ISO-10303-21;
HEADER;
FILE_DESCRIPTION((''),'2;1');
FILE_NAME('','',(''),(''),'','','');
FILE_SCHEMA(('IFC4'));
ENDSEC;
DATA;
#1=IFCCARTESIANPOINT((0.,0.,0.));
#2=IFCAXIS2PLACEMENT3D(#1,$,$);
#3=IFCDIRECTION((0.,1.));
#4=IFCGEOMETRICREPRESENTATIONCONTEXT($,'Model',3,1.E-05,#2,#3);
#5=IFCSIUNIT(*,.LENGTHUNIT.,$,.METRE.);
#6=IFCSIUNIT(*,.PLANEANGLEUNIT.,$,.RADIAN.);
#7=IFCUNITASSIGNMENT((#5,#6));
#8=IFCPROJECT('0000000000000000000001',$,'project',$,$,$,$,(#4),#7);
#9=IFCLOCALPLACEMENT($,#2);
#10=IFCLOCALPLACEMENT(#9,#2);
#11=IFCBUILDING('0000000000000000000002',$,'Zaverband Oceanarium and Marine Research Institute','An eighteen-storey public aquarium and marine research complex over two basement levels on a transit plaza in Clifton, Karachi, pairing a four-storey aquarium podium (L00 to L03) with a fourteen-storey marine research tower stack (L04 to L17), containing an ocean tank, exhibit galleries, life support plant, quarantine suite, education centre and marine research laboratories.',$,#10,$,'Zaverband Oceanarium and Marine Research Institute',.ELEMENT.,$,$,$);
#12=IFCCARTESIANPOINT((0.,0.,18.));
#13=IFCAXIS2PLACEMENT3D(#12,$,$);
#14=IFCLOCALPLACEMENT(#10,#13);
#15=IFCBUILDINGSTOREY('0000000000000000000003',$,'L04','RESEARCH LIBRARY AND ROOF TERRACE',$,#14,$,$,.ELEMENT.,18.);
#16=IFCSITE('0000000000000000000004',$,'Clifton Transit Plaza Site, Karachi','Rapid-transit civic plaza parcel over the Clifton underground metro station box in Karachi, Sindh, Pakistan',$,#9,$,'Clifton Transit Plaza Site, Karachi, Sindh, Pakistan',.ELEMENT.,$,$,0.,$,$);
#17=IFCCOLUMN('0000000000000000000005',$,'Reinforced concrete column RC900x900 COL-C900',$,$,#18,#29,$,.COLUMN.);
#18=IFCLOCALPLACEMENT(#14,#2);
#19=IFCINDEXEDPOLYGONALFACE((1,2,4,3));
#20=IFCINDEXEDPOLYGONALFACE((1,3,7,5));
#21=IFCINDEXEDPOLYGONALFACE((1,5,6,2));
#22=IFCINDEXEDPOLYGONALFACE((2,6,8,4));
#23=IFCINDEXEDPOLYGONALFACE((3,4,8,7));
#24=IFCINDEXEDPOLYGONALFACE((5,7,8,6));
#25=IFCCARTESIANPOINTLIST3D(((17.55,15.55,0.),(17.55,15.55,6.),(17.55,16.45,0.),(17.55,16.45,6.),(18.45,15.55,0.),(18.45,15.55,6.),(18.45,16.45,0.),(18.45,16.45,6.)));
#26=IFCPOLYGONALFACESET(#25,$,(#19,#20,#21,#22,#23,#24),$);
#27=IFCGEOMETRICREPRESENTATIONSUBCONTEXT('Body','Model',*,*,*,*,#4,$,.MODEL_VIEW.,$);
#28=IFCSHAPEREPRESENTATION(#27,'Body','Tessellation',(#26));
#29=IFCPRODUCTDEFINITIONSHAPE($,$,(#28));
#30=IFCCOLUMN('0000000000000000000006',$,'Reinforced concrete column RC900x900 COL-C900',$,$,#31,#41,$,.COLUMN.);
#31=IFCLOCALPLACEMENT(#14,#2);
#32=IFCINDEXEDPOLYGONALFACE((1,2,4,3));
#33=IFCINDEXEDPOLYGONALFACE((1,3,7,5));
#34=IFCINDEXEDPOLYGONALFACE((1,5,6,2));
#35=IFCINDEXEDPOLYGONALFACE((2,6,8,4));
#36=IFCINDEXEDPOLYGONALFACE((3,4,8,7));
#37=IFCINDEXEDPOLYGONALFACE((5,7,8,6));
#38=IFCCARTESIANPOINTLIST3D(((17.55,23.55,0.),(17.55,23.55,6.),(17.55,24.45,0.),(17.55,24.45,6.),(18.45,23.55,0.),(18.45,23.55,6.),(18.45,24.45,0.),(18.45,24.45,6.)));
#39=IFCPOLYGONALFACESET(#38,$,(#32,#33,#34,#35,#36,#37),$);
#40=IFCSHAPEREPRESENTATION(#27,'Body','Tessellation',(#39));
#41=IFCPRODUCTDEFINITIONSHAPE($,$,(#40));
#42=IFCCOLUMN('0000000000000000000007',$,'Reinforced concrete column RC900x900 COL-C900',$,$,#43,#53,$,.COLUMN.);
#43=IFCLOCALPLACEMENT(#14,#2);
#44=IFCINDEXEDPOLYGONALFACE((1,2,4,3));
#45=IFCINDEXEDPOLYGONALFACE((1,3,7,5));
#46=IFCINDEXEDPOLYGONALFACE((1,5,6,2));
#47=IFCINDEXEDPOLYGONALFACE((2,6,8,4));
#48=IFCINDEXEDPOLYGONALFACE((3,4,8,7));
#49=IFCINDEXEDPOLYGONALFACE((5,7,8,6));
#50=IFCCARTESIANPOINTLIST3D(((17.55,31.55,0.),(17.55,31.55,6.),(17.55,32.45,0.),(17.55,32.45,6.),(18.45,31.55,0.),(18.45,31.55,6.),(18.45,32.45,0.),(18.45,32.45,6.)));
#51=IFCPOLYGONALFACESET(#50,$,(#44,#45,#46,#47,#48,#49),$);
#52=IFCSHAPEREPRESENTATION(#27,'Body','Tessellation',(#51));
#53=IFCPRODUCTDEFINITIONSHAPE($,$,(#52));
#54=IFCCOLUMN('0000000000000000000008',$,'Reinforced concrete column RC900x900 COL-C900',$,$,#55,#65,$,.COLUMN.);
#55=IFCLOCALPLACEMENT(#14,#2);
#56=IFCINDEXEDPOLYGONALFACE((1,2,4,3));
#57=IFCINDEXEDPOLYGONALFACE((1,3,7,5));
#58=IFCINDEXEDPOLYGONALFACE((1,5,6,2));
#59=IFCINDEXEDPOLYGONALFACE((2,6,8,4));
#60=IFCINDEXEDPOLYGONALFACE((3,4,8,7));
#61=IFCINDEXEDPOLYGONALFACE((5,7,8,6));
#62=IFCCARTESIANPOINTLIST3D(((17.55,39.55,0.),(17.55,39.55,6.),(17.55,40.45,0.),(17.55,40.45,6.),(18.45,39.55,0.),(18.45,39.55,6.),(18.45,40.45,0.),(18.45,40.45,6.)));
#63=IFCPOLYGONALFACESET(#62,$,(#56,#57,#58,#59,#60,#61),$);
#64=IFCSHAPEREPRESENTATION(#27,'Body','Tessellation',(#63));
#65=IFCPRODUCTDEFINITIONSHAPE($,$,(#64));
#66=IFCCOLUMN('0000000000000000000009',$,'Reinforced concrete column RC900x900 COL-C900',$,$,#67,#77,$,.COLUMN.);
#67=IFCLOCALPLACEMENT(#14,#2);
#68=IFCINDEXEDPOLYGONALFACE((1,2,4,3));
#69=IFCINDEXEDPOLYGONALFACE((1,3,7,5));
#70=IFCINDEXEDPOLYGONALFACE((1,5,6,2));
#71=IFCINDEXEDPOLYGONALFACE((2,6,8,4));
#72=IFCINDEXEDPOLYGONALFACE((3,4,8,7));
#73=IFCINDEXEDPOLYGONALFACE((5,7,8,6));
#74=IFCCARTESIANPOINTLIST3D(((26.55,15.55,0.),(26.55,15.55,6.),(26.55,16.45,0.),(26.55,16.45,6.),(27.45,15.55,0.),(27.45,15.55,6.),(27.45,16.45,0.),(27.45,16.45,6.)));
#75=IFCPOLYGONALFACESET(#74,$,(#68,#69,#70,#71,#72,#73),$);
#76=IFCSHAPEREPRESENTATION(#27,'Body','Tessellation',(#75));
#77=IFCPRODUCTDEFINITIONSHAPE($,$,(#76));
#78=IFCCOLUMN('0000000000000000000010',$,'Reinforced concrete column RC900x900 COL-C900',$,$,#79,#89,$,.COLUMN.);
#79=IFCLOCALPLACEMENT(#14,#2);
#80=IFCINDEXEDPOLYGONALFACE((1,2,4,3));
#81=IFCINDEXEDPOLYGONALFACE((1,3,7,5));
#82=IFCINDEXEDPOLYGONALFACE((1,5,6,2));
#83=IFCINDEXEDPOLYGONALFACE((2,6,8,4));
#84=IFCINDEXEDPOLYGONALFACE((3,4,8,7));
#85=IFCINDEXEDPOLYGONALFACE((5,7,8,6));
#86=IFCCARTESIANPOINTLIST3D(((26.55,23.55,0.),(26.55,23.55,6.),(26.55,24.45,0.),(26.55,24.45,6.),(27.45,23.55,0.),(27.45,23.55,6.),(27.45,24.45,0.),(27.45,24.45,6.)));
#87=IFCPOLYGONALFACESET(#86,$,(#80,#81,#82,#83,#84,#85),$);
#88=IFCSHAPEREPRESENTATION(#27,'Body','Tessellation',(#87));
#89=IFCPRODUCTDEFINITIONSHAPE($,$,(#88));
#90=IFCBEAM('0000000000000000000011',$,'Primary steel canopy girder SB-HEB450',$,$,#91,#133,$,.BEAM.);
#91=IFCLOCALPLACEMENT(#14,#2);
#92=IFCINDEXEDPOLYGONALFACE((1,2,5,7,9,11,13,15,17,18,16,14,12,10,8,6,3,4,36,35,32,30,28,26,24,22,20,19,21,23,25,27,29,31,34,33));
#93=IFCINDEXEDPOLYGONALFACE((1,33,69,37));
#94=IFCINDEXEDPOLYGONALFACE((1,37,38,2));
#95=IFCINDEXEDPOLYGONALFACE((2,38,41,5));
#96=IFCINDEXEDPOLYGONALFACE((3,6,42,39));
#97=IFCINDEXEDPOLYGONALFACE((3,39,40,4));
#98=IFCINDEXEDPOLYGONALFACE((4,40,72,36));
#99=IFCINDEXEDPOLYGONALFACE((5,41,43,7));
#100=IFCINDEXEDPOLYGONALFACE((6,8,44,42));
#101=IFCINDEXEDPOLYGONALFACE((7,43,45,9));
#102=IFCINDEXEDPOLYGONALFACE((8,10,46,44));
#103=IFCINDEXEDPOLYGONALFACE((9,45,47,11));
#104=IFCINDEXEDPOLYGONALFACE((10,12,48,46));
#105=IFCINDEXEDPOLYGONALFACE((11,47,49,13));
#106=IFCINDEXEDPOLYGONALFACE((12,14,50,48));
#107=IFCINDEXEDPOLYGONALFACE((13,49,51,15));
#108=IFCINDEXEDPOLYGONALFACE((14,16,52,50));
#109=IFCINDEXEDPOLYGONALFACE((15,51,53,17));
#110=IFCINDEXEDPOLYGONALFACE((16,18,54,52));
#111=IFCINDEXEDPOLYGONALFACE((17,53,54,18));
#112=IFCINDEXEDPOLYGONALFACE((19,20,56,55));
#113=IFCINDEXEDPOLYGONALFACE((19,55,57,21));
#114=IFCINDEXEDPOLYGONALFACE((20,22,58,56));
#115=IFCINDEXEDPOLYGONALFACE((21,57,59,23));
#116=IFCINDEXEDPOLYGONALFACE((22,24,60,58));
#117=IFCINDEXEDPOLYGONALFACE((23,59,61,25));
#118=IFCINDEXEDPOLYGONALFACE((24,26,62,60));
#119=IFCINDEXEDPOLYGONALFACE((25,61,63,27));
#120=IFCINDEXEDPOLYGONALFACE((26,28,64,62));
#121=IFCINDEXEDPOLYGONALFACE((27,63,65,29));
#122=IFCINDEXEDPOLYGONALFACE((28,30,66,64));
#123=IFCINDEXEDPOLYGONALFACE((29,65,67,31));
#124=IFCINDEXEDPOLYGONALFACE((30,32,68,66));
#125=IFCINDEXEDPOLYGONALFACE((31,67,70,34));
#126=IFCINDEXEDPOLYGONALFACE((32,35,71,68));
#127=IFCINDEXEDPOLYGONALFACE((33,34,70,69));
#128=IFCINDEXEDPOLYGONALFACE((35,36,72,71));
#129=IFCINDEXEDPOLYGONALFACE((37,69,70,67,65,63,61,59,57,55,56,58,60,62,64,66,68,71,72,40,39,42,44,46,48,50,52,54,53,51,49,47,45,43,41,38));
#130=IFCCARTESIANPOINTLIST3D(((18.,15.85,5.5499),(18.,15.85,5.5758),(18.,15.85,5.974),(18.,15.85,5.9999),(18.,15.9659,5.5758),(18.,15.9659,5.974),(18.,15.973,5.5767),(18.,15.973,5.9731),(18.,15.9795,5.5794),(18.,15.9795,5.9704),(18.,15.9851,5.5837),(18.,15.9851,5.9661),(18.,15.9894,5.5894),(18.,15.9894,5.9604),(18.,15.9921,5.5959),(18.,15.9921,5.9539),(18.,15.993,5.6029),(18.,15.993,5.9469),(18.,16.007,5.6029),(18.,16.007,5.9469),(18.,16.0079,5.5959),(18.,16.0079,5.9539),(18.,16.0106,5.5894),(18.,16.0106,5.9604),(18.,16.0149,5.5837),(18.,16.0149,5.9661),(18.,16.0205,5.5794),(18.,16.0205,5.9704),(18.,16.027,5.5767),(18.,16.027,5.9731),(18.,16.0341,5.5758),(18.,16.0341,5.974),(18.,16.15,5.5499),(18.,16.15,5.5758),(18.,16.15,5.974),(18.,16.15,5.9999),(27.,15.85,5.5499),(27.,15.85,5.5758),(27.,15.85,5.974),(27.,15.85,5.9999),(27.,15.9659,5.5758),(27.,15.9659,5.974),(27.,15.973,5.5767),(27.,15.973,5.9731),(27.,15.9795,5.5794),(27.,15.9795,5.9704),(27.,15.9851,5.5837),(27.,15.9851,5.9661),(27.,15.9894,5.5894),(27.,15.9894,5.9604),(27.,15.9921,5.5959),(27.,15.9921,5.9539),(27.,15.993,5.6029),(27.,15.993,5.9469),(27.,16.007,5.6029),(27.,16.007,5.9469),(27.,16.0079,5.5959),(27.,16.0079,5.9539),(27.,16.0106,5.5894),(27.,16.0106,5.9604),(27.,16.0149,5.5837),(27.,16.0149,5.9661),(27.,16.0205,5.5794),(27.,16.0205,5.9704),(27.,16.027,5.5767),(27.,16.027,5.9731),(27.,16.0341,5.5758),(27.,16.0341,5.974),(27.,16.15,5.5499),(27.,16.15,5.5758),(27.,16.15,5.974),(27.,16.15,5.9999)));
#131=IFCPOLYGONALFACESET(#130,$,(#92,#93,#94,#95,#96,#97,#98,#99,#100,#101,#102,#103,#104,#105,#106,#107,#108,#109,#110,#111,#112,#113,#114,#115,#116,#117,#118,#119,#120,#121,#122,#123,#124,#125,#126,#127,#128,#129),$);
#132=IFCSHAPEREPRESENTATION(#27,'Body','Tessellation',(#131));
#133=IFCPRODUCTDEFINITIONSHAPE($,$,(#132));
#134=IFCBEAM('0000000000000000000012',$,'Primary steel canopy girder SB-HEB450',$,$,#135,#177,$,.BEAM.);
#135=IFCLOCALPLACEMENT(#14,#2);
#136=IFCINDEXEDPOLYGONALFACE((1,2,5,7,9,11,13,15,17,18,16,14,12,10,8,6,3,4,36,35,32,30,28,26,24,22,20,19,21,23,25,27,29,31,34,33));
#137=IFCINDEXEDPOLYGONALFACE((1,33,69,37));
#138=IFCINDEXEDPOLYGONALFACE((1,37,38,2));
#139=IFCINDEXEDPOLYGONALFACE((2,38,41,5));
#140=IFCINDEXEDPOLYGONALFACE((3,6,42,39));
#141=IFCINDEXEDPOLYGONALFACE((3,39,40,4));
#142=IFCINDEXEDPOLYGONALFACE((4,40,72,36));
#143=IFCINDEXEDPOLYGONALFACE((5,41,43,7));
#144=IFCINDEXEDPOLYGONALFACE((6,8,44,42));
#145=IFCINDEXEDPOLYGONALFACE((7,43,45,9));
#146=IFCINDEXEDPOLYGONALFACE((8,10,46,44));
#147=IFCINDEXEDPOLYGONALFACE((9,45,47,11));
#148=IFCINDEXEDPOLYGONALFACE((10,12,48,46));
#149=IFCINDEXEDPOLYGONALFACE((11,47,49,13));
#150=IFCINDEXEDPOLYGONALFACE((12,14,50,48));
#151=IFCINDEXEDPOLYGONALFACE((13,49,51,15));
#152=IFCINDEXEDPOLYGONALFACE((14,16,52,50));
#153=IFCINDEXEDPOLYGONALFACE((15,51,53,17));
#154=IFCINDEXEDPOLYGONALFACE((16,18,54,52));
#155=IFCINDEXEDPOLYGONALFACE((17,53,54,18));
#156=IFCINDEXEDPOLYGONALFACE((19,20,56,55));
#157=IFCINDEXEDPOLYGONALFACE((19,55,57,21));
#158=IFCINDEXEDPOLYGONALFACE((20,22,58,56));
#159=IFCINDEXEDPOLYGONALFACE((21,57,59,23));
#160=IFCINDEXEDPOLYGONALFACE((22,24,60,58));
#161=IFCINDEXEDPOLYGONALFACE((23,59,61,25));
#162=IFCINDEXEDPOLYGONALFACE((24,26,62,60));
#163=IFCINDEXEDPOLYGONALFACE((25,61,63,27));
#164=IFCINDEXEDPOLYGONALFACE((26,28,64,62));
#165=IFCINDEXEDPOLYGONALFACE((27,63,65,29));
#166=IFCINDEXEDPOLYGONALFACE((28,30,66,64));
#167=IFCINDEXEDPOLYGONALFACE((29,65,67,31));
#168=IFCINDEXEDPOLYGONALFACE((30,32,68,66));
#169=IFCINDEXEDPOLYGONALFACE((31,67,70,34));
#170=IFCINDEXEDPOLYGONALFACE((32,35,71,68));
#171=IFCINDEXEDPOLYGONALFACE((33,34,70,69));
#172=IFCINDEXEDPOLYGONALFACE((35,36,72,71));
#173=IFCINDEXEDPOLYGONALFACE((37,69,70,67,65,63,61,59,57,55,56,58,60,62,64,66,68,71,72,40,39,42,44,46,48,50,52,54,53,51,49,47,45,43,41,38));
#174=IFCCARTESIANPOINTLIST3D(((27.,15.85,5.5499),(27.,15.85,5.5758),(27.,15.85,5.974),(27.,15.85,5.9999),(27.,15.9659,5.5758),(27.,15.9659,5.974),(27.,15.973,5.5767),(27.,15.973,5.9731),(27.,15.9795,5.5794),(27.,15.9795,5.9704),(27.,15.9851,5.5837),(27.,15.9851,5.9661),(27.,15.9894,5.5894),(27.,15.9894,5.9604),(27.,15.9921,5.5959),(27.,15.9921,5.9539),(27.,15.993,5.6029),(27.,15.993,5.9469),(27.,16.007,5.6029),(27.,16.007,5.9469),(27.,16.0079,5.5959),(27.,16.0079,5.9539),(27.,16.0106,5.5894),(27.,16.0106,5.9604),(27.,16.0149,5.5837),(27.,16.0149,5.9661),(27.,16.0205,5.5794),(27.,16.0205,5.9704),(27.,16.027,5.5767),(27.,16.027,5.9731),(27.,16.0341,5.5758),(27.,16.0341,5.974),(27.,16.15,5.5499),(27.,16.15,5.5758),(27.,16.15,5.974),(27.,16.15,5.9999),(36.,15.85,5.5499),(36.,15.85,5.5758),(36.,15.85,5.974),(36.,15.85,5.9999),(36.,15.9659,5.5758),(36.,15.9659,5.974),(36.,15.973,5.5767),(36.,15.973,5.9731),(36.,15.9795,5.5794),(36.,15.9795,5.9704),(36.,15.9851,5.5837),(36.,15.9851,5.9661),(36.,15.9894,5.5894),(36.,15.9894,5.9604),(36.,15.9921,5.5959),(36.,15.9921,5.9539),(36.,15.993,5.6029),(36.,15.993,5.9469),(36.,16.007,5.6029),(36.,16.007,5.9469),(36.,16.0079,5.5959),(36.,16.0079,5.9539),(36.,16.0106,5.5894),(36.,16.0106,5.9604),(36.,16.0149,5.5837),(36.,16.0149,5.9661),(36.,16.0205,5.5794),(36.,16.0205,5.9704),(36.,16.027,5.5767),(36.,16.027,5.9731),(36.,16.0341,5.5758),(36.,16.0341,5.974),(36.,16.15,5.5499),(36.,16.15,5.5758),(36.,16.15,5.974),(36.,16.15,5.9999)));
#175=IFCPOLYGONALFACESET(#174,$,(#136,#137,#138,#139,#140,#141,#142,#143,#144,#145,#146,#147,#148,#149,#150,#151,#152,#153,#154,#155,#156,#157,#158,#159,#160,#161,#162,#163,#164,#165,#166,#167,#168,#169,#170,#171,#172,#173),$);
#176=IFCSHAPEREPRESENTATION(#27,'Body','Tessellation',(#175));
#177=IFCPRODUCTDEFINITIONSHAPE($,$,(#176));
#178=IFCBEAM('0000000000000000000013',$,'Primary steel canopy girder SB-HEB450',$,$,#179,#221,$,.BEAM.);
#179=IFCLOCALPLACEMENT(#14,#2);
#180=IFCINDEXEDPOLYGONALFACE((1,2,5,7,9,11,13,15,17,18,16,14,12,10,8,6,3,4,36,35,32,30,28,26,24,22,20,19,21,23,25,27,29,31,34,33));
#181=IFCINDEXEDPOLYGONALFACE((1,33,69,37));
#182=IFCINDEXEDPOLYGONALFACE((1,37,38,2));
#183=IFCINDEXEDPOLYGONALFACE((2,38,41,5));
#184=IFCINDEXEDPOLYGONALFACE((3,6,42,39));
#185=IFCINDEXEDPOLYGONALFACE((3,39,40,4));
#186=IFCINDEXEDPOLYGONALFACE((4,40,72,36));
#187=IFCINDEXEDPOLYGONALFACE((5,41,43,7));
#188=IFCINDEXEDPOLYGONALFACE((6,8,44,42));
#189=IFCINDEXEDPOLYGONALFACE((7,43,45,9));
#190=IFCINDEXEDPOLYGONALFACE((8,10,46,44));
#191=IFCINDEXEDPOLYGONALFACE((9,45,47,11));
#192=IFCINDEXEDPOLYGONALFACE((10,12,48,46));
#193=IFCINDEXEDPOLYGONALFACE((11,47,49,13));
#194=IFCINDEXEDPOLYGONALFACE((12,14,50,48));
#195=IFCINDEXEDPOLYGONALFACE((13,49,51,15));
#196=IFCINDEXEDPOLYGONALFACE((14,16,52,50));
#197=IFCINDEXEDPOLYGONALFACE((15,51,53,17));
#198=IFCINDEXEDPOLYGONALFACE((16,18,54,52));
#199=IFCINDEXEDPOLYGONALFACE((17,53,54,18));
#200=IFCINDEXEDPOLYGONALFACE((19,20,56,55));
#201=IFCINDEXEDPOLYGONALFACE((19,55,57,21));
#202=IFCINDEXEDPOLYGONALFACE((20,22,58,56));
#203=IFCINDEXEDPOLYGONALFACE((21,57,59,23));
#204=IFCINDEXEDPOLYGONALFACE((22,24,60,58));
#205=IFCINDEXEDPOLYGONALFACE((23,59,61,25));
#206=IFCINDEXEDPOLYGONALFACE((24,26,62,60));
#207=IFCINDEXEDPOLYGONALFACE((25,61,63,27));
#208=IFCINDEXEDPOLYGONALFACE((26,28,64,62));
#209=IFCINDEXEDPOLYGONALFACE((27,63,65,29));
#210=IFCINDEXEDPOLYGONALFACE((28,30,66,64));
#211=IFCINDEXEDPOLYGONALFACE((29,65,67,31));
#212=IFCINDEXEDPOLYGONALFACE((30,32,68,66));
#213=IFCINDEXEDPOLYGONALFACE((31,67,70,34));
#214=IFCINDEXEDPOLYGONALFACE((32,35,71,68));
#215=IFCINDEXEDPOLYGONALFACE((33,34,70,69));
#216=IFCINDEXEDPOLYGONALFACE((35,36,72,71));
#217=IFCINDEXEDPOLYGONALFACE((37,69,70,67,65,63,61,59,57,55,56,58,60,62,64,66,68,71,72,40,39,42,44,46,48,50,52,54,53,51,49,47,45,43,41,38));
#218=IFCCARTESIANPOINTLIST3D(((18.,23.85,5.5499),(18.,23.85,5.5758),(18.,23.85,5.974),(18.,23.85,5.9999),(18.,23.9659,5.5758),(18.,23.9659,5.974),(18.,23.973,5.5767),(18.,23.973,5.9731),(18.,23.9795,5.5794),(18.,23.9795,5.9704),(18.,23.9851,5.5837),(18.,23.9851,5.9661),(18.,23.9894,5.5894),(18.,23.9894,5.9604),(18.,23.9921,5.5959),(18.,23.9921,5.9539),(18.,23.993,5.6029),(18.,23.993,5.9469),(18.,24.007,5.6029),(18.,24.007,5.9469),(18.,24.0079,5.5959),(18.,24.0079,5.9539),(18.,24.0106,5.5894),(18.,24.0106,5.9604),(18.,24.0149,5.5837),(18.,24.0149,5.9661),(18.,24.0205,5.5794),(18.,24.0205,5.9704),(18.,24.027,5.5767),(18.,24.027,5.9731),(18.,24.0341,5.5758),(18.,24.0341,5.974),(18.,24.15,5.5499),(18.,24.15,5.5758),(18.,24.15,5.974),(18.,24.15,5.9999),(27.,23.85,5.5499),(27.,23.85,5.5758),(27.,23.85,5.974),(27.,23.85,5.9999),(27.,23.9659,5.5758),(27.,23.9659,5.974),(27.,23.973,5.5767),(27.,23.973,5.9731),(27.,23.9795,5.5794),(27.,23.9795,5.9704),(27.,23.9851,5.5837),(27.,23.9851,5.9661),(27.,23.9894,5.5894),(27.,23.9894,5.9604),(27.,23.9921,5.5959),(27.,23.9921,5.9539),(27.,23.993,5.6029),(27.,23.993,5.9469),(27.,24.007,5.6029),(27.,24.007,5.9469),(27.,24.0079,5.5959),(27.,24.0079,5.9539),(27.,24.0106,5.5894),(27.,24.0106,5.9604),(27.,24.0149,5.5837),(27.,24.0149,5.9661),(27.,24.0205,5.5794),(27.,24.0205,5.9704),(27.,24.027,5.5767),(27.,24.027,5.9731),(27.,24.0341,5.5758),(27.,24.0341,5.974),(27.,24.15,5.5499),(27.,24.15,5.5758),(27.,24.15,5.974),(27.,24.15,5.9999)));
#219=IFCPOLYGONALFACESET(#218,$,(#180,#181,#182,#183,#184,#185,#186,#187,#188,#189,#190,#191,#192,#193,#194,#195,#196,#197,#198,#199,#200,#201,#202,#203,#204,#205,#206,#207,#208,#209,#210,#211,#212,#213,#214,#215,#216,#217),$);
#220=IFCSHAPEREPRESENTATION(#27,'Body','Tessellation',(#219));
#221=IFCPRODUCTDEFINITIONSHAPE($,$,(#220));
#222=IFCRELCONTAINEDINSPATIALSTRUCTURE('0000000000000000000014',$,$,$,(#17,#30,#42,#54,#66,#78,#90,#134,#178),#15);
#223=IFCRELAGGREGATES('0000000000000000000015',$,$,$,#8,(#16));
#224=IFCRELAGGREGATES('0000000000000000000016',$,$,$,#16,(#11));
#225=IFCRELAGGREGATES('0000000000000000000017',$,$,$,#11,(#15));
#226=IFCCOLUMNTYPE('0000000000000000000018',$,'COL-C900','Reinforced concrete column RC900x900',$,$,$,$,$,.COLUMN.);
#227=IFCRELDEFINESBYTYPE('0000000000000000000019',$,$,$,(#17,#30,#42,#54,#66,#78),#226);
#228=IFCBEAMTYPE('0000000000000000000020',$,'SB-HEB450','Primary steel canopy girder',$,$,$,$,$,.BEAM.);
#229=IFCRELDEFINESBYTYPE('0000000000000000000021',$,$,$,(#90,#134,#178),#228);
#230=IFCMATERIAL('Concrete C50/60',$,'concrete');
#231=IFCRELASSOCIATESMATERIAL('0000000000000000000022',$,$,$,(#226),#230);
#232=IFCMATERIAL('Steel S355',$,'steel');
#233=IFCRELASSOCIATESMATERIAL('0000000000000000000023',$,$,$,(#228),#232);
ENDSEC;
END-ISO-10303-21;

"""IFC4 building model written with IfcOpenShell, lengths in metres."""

from ifc_helpers import new_model, si_unit, direction, frame, origin, origin_2d, place, context, subcontext, project, spatial, rectangle, i_section, extrude, material, material_profile, profile_set, type_object, element, save


model = new_model("IFC4")

# Units and contexts
model_context = context("Model", 3, precision=1e-05, world=origin(), true_north=direction((0.0, 1.0)))
body_context = subcontext(model_context, "Body", "Model", "MODEL_VIEW")
ifc_project = project(units=[si_unit("LENGTHUNIT", "METRE"), si_unit("PLANEANGLEUNIT", "RADIAN")], contexts=[model_context])

# Site, building, storey
site_placement = place(None, origin())
site = spatial("IfcSite", under=ifc_project, at=site_placement, Name="Clifton Transit Plaza Site, Karachi", Description="Rapid-transit civic plaza parcel over the Clifton underground metro station box in Karachi, Sindh, Pakistan", LongName="Clifton Transit Plaza Site, Karachi, Sindh, Pakistan", CompositionType="ELEMENT", RefElevation=0.0)
building_placement = place(site_placement, origin())
building = spatial("IfcBuilding", under=site, at=building_placement, Name="Zaverband Oceanarium and Marine Research Institute", Description="An eighteen-storey public aquarium and marine research complex over two basement levels on a transit plaza in Clifton, Karachi, pairing a four-storey aquarium podium (L00 to L03) with a fourteen-storey marine research tower stack (L04 to L17), containing an ocean tank, exhibit galleries, life support plant, quarantine suite, education centre and marine research laboratories.", LongName="Zaverband Oceanarium and Marine Research Institute", CompositionType="ELEMENT")
storey_placement = place(building_placement, frame((0.0, 0.0, 18.0)))
storey = spatial("IfcBuildingStorey", under=building, at=storey_placement, Name="L04", Description="RESEARCH LIBRARY AND ROOF TERRACE", CompositionType="ELEMENT", Elevation=18.0)

# Columns
ifc_material_1 = material(Name="Concrete C50/60", Category="concrete")
ifc_material_profile_1 = material_profile(ifc_material_1, rectangle(XDim=0.8999, YDim=0.8999, at=origin_2d()), Name="RC900x900")
ifc_profile_set_1 = profile_set([ifc_material_profile_1], Name="Concrete C50/60")
column_type = type_object("IfcColumnType", Name="COL-C900", Description="Reinforced concrete column RC900x900", PredefinedType="COLUMN", material=ifc_profile_set_1)
for number, where, z_axis, x_axis, name in (
    (1, (18.0, 16.0, 0.0), (0.0, 0.0, 1.0), (1.0, 0.0, 0.0), "Reinforced concrete column RC900x900 COL-C900"),
    (2, (18.0, 24.0, 0.0), (0.0, 0.0, 1.0), (1.0, 0.0, 0.0), "Reinforced concrete column RC900x900 COL-C900"),
    (3, (18.0, 32.0, 0.0), (0.0, 0.0, 1.0), (1.0, 0.0, 0.0), "Reinforced concrete column RC900x900 COL-C900"),
    (4, (18.0, 40.0, 0.0), (0.0, 0.0, 1.0), (1.0, 0.0, 0.0), "Reinforced concrete column RC900x900 COL-C900"),
    (5, (27.0, 16.0, 0.0), (0.0, 0.0, 1.0), (1.0, 0.0, 0.0), "Reinforced concrete column RC900x900 COL-C900"),
    (6, (27.0, 24.0, 0.0), (0.0, 0.0, 1.0), (1.0, 0.0, 0.0), "Reinforced concrete column RC900x900 COL-C900"),
):
    element("IfcColumn", number, at=place(storey_placement, frame(where, z_axis=z_axis, x_axis=x_axis)), inside=storey, type_object=column_type, Name=name, PredefinedType="COLUMN", context=body_context, shape_type="SweptSolid", body=[
        extrude(rectangle(XDim=0.8999, YDim=0.8999, at=origin_2d()), origin(), (0.0, 0.0, 1.0), 6.0),
    ])

# Beams
ifc_material_2 = material(Name="Steel S355", Category="steel")
ifc_material_profile_2 = material_profile(ifc_material_2, i_section(OverallWidth=0.3, OverallDepth=0.45, WebThickness=0.0139, FlangeThickness=0.0259, FilletRadius=0.0271, at=origin_2d()), Name="HEB450")
ifc_profile_set_2 = profile_set([ifc_material_profile_2], Name="Steel S355")
beam_type = type_object("IfcBeamType", Name="SB-HEB450", Description="Primary steel canopy girder", PredefinedType="BEAM", material=ifc_profile_set_2)
for number, where, z_axis, x_axis, name in (
    (7, (18.0, 16.0, 5.7749), (1.0, 0.0, 0.0), (0.0, 1.0, 0.0), "Primary steel canopy girder SB-HEB450"),
    (8, (27.0, 16.0, 5.7749), (1.0, 0.0, 0.0), (0.0, 1.0, 0.0), "Primary steel canopy girder SB-HEB450"),
    (9, (18.0, 24.0, 5.7749), (1.0, 0.0, 0.0), (0.0, 1.0, 0.0), "Primary steel canopy girder SB-HEB450"),
):
    element("IfcBeam", number, at=place(storey_placement, frame(where, z_axis=z_axis, x_axis=x_axis)), inside=storey, type_object=beam_type, Name=name, PredefinedType="BEAM", context=body_context, shape_type="SweptSolid", body=[
        extrude(i_section(OverallWidth=0.3, OverallDepth=0.45, WebThickness=0.0139, FlangeThickness=0.0259, FilletRadius=0.0271, at=origin_2d()), origin(), (0.0, 0.0, 1.0), 9.0),
    ])

save(model, "model.ifc")
